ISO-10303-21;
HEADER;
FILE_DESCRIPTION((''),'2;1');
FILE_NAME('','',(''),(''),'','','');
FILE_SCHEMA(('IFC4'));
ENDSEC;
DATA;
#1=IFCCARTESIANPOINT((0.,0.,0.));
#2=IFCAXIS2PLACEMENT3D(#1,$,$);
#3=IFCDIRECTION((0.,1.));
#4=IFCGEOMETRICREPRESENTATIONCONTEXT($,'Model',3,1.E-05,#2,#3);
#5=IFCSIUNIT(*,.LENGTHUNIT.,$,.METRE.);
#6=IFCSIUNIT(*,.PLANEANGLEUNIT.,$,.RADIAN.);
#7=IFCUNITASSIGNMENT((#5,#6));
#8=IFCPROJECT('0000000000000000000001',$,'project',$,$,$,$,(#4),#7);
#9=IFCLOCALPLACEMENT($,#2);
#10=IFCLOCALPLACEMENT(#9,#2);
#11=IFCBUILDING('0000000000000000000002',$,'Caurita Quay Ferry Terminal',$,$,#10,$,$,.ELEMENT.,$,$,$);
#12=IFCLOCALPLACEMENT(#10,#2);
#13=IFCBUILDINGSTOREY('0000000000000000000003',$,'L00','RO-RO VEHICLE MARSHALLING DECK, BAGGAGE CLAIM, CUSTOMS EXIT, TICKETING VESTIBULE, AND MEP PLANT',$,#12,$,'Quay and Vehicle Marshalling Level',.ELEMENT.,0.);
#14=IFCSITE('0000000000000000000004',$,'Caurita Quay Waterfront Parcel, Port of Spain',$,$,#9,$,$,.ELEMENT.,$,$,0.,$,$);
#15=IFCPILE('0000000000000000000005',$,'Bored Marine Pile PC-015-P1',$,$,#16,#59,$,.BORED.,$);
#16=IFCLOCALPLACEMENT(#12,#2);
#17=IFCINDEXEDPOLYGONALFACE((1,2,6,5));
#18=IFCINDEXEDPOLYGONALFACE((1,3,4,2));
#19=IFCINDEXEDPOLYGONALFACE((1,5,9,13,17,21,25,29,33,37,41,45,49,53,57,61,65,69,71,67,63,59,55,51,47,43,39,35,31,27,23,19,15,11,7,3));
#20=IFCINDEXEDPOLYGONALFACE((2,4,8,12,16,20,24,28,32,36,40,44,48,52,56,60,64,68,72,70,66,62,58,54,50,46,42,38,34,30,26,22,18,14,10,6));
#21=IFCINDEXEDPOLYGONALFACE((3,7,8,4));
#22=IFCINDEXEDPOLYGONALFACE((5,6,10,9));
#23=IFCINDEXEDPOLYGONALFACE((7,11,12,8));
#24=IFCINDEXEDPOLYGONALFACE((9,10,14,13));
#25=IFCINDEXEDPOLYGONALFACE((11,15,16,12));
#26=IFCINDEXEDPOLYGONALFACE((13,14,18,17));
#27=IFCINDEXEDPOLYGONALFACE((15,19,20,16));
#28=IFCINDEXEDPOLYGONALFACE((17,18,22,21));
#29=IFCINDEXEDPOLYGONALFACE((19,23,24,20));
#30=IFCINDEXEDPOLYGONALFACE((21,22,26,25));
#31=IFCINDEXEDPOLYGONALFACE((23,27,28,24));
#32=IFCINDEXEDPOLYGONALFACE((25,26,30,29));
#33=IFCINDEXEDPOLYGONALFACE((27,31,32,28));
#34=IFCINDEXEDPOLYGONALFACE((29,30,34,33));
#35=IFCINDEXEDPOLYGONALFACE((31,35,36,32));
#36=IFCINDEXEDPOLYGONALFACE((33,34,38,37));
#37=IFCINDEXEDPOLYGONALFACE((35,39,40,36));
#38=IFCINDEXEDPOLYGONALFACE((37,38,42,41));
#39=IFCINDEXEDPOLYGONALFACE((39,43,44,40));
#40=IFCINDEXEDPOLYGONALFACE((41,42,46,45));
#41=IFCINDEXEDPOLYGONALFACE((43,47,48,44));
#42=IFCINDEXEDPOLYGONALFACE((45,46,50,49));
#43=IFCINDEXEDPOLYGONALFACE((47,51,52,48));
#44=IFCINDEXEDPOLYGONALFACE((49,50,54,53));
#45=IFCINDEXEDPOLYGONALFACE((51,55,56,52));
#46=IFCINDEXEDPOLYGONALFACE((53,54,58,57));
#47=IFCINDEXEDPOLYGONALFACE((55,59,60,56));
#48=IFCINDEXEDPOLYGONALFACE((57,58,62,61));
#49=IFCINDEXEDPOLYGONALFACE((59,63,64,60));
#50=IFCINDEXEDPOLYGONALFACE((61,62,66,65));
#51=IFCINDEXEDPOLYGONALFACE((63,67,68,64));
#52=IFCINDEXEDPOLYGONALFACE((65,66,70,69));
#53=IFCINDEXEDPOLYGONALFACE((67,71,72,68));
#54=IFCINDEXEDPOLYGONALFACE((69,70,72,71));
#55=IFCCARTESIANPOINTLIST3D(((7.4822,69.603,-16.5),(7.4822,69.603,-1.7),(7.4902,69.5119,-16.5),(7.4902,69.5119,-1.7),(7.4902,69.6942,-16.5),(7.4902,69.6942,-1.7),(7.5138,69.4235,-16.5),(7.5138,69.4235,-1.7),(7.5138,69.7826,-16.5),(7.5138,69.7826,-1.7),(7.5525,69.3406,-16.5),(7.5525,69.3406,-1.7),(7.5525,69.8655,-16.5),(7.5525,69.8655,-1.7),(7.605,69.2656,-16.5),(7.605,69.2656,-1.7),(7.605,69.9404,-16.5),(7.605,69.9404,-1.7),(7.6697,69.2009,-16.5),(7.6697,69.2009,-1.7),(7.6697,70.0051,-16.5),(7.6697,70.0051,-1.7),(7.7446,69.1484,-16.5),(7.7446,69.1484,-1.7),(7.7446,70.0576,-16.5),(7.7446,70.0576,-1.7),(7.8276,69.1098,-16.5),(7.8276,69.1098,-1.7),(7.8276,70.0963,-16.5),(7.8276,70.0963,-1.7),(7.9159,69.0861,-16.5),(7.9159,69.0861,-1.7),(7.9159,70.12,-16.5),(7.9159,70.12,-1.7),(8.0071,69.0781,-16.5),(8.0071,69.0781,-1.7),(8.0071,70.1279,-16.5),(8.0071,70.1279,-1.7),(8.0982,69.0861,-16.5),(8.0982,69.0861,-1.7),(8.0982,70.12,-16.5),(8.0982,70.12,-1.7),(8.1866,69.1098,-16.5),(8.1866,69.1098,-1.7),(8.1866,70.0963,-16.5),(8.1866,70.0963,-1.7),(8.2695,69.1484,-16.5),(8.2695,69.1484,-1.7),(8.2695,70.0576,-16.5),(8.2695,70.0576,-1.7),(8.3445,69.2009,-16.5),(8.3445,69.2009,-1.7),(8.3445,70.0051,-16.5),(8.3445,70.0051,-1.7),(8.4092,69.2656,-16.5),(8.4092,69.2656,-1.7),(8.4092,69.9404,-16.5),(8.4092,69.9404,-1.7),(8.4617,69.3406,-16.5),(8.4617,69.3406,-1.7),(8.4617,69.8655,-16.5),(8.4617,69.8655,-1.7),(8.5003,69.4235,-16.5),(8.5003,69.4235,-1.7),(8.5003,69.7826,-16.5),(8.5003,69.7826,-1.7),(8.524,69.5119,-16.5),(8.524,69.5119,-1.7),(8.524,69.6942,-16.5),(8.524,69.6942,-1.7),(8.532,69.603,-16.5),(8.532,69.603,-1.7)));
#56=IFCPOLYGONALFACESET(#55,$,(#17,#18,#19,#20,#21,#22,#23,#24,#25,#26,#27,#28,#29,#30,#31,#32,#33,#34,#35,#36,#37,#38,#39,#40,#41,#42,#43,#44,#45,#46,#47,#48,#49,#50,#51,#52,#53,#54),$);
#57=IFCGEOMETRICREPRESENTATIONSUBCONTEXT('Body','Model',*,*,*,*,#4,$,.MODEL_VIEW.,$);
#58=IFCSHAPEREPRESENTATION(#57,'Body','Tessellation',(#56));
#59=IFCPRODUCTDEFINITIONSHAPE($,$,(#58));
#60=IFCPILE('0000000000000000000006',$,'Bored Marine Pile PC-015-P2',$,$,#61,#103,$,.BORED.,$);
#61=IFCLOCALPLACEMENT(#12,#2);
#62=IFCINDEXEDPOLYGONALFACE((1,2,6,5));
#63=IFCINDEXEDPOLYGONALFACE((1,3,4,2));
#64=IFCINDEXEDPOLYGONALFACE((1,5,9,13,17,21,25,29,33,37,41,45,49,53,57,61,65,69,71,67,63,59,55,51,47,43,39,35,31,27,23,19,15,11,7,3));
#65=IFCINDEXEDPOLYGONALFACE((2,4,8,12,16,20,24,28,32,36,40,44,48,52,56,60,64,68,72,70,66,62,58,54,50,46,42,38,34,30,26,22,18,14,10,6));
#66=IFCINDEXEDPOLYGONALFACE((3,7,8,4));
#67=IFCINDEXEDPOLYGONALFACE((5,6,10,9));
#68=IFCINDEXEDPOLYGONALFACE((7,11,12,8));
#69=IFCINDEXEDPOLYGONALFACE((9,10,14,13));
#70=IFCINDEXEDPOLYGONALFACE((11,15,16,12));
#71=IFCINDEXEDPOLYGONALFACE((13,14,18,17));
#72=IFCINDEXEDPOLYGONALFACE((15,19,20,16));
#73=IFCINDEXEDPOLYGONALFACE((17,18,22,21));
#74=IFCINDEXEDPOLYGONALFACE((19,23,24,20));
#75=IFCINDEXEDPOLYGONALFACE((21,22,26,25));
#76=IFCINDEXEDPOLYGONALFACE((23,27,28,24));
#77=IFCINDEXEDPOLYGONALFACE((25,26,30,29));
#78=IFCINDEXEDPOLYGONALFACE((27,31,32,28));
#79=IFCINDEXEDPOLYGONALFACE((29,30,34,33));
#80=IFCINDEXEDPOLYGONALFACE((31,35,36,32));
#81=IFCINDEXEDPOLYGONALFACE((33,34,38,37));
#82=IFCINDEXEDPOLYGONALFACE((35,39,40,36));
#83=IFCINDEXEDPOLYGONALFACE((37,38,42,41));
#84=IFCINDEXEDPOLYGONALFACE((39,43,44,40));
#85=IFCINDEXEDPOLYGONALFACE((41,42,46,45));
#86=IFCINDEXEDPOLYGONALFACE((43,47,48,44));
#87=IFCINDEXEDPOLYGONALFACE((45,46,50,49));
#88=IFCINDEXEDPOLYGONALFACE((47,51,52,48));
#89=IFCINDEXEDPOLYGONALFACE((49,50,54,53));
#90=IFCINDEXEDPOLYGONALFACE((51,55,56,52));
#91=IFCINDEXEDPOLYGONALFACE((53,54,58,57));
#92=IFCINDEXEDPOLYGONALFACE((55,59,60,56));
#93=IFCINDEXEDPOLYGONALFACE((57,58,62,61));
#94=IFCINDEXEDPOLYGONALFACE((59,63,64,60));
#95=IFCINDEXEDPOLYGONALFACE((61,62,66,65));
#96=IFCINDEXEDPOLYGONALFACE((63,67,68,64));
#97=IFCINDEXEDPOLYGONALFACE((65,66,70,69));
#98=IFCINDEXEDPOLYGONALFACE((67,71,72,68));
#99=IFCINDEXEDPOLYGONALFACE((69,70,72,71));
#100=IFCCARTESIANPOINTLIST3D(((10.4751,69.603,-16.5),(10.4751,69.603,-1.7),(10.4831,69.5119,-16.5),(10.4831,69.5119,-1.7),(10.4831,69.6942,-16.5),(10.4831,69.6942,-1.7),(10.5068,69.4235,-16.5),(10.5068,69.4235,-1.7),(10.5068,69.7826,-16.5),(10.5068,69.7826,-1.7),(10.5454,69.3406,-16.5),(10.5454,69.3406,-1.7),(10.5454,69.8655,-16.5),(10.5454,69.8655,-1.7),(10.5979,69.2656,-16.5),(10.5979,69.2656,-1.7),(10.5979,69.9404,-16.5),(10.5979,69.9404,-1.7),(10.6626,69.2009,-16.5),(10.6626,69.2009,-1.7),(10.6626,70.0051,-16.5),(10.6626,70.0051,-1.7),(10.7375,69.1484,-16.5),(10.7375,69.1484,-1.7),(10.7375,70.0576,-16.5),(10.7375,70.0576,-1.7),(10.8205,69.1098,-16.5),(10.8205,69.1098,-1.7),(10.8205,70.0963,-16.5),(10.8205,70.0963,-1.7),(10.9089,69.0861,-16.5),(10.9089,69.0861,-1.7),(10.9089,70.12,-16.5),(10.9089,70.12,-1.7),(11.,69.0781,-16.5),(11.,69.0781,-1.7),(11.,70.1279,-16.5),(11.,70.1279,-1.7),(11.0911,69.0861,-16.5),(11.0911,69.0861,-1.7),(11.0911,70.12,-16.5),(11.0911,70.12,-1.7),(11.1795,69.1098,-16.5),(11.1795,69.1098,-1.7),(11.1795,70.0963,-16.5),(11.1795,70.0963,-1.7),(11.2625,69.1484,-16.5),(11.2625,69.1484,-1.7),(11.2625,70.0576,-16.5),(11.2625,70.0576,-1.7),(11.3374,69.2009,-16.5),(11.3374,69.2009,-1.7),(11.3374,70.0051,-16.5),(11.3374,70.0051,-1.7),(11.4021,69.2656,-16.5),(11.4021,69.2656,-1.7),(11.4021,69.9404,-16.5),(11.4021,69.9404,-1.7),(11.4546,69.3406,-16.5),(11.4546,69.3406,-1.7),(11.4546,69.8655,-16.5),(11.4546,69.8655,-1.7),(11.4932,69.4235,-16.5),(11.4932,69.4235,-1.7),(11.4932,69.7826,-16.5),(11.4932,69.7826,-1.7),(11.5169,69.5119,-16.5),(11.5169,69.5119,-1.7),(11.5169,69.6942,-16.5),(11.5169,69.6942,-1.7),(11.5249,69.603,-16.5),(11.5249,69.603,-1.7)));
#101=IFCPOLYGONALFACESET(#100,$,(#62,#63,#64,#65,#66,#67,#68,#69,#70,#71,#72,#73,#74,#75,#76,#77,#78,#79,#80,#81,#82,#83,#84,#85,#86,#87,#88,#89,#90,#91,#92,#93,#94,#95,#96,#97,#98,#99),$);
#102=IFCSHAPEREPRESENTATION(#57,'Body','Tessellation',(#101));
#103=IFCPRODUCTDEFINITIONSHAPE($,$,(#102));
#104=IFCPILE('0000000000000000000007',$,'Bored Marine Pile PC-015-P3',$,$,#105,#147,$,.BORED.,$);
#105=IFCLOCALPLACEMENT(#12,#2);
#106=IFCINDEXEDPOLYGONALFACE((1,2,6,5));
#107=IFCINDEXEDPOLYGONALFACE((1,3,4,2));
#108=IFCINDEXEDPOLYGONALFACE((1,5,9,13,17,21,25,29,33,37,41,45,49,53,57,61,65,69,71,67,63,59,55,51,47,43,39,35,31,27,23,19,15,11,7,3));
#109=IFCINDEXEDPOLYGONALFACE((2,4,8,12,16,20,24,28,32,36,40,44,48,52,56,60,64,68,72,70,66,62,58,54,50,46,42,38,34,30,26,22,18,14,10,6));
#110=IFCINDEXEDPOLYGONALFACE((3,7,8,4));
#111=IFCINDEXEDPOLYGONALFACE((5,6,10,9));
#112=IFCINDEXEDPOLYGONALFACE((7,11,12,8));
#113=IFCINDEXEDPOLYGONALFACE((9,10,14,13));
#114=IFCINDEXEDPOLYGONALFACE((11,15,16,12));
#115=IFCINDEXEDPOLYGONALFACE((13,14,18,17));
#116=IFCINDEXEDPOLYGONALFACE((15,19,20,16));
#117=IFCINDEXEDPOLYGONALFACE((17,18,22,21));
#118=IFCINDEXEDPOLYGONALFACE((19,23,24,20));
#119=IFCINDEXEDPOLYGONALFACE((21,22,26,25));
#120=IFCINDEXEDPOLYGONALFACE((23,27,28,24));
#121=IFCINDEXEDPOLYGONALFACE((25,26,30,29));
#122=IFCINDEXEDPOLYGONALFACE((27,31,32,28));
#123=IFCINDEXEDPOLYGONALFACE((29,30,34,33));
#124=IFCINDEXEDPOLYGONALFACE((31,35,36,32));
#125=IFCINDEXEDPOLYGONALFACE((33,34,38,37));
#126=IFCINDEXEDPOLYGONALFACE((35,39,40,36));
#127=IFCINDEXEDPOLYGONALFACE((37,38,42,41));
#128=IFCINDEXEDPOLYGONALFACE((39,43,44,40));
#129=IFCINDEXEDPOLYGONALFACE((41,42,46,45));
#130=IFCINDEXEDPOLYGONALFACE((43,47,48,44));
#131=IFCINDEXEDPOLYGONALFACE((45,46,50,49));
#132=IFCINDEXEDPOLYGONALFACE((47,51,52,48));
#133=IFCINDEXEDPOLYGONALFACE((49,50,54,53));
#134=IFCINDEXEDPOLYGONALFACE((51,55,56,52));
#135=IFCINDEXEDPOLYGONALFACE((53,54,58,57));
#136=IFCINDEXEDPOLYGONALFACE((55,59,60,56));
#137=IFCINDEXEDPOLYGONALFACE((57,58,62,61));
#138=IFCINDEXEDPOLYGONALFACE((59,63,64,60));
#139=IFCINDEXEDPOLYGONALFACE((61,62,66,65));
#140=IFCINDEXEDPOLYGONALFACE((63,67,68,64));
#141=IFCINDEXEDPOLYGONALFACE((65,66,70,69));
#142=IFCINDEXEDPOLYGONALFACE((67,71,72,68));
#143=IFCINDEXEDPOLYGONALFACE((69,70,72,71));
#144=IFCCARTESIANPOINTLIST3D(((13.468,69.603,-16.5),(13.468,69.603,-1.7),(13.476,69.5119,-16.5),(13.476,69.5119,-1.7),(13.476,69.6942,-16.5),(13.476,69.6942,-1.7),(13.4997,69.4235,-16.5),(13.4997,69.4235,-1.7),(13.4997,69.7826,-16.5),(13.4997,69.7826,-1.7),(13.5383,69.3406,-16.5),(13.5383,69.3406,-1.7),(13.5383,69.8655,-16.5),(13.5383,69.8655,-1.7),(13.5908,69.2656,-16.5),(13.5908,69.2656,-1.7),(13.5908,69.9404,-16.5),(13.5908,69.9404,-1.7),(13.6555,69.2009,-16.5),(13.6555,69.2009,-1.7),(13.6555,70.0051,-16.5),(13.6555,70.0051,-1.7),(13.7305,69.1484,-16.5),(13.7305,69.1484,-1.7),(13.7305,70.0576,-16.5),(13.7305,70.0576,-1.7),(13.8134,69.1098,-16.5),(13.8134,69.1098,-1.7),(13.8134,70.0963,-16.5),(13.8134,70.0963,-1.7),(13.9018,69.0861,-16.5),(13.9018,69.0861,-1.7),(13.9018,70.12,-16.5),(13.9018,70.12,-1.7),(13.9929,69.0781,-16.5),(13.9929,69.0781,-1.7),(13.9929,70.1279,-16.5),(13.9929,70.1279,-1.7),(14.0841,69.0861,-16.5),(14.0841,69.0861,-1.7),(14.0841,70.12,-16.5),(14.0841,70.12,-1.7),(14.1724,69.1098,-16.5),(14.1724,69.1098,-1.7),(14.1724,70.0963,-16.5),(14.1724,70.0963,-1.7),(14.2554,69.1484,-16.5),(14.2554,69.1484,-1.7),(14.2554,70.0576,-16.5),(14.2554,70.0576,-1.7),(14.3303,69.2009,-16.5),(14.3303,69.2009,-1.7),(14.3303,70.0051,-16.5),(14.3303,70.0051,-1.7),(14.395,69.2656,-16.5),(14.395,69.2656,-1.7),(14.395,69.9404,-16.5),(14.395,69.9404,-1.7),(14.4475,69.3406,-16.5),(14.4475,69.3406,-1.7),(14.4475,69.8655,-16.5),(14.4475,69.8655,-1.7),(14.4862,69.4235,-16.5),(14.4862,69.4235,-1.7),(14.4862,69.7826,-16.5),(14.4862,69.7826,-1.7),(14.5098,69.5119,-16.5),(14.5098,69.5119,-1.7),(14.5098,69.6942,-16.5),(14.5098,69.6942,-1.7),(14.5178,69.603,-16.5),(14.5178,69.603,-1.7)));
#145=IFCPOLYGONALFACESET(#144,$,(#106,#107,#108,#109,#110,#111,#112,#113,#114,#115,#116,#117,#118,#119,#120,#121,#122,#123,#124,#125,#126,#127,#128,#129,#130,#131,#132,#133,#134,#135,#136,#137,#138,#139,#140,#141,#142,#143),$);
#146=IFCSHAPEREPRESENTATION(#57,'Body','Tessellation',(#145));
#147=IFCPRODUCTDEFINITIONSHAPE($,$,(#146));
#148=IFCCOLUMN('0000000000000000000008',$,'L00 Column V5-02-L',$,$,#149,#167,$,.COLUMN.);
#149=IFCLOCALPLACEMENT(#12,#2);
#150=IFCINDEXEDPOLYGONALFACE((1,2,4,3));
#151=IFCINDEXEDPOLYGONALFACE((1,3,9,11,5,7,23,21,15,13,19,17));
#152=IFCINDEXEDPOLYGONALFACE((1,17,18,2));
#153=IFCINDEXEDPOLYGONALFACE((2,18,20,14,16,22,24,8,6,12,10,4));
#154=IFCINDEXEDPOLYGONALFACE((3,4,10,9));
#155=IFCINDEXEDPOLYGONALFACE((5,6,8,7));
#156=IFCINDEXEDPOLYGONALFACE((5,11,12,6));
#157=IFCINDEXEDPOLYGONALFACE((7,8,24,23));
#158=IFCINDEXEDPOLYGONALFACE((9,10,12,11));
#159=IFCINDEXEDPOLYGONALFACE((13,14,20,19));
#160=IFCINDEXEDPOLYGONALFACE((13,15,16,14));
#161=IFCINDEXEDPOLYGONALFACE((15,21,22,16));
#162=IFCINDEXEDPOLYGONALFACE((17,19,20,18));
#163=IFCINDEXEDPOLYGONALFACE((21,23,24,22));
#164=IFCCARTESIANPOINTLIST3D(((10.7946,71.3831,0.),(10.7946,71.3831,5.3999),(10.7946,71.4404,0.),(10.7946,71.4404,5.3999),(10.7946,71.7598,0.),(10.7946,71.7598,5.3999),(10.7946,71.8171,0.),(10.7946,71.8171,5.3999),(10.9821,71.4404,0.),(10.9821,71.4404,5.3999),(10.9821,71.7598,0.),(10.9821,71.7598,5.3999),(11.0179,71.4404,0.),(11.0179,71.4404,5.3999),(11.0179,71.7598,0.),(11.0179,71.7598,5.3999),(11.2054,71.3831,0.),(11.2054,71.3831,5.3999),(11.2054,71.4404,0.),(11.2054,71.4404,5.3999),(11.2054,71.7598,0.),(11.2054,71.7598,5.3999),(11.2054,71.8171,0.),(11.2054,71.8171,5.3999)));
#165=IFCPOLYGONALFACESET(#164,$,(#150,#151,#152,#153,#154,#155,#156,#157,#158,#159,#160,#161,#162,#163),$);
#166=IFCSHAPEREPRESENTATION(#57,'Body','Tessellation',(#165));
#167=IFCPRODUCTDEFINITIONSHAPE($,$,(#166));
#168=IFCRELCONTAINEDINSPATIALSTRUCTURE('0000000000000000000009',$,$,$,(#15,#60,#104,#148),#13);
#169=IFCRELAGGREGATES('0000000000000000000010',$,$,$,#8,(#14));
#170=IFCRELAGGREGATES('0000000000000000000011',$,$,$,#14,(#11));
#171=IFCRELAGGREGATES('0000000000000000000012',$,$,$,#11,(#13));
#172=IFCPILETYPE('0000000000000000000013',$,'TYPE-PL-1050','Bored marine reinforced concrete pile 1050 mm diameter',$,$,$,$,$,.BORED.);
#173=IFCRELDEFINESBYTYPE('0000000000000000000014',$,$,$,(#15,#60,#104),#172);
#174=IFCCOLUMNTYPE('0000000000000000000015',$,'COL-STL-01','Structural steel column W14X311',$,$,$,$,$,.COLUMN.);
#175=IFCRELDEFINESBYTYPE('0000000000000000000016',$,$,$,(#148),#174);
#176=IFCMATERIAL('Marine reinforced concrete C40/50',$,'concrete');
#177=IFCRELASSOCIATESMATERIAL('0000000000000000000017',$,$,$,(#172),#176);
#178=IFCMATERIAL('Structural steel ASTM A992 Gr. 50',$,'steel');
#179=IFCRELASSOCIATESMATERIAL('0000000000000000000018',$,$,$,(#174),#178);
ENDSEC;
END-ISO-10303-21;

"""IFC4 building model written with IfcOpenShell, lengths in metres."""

from ifc_helpers import new_model, si_unit, direction, frame, origin, origin_2d, place, context, subcontext, project, spatial, circle, i_section, extrude, material, material_profile, profile_set, type_object, element, save


model = new_model("IFC4")

# Units and contexts
model_context = context("Model", 3, precision=1e-05, world=origin(), true_north=direction((0.0, 1.0)))
body_context = subcontext(model_context, "Body", "Model", "MODEL_VIEW")
ifc_project = project(units=[si_unit("LENGTHUNIT", "METRE"), si_unit("PLANEANGLEUNIT", "RADIAN")], contexts=[model_context])

# Site, building, storey
site_placement = place(None, origin())
site = spatial("IfcSite", under=ifc_project, at=site_placement, Name="Caurita Quay Waterfront Parcel, Port of Spain", CompositionType="ELEMENT", RefElevation=0.0)
building_placement = place(site_placement, origin())
building = spatial("IfcBuilding", under=site, at=building_placement, Name="Caurita Quay Ferry Terminal", CompositionType="ELEMENT")
storey_placement = place(building_placement, origin())
storey = spatial("IfcBuildingStorey", under=building, at=storey_placement, Name="L00", Description="RO-RO VEHICLE MARSHALLING DECK, BAGGAGE CLAIM, CUSTOMS EXIT, TICKETING VESTIBULE, AND MEP PLANT", LongName="Quay and Vehicle Marshalling Level", CompositionType="ELEMENT", Elevation=0.0)

# Piles
ifc_material_1 = material(Name="Marine reinforced concrete C40/50", Category="concrete")
ifc_material_profile_1 = material_profile(ifc_material_1, circle(Radius=0.5249, at=origin_2d()), Name="PILE-D1050")
ifc_profile_set_1 = profile_set([ifc_material_profile_1], Name="Marine reinforced concrete C40/50")
pile_type = type_object("IfcPileType", Name="TYPE-PL-1050", Description="Bored marine reinforced concrete pile 1050 mm diameter", PredefinedType="BORED", material=ifc_profile_set_1)
for number, where, z_axis, x_axis, name in (
    (1, (8.0071, 69.603, -1.7), (0.0, 0.0, -1.0), (1.0, 0.0, 0.0), "Bored Marine Pile PC-015-P1"),
    (2, (11.0, 69.603, -1.7), (0.0, 0.0, -1.0), (1.0, 0.0, 0.0), "Bored Marine Pile PC-015-P2"),
    (3, (13.9929, 69.603, -1.7), (0.0, 0.0, -1.0), (1.0, 0.0, 0.0), "Bored Marine Pile PC-015-P3"),
):
    element("IfcPile", number, at=place(storey_placement, frame(where, z_axis=z_axis, x_axis=x_axis)), inside=storey, type_object=pile_type, Name=name, PredefinedType="BORED", context=body_context, shape_type="SweptSolid", body=[
        extrude(circle(Radius=0.5249, at=origin_2d()), origin(), (0.0, 0.0, 1.0), 14.8),
    ])

# Column
ifc_material_2 = material(Name="Structural steel ASTM A992 Gr. 50", Category="steel")
ifc_material_profile_2 = material_profile(ifc_material_2, i_section(OverallWidth=0.4109, OverallDepth=0.4341, WebThickness=0.0359, FlangeThickness=0.0574, at=origin_2d()), Name="W14X311")
ifc_profile_set_2 = profile_set([ifc_material_profile_2], Name="Structural steel ASTM A992 Gr. 50")
column_type_1 = type_object("IfcColumnType", Name="COL-STL-01", Description="Structural steel column W14X311", PredefinedType="COLUMN", material=ifc_profile_set_2)
column_1_placement = place(storey_placement, frame((11.0, 71.6001, 0.0), z_axis=(0.0, 0.0, 1.0), x_axis=(1.0, 0.0, 0.0)))
element("IfcColumn", 4, at=column_1_placement, inside=storey, type_object=column_type_1, Name="L00 Column V5-02-L", PredefinedType="COLUMN", context=body_context, shape_type="SweptSolid", body=[
    extrude(i_section(OverallWidth=0.4109, OverallDepth=0.4341, WebThickness=0.0359, FlangeThickness=0.0574, at=origin_2d()), origin(), (0.0, 0.0, 1.0), 5.3999),
])

save(model, "model.ifc")
